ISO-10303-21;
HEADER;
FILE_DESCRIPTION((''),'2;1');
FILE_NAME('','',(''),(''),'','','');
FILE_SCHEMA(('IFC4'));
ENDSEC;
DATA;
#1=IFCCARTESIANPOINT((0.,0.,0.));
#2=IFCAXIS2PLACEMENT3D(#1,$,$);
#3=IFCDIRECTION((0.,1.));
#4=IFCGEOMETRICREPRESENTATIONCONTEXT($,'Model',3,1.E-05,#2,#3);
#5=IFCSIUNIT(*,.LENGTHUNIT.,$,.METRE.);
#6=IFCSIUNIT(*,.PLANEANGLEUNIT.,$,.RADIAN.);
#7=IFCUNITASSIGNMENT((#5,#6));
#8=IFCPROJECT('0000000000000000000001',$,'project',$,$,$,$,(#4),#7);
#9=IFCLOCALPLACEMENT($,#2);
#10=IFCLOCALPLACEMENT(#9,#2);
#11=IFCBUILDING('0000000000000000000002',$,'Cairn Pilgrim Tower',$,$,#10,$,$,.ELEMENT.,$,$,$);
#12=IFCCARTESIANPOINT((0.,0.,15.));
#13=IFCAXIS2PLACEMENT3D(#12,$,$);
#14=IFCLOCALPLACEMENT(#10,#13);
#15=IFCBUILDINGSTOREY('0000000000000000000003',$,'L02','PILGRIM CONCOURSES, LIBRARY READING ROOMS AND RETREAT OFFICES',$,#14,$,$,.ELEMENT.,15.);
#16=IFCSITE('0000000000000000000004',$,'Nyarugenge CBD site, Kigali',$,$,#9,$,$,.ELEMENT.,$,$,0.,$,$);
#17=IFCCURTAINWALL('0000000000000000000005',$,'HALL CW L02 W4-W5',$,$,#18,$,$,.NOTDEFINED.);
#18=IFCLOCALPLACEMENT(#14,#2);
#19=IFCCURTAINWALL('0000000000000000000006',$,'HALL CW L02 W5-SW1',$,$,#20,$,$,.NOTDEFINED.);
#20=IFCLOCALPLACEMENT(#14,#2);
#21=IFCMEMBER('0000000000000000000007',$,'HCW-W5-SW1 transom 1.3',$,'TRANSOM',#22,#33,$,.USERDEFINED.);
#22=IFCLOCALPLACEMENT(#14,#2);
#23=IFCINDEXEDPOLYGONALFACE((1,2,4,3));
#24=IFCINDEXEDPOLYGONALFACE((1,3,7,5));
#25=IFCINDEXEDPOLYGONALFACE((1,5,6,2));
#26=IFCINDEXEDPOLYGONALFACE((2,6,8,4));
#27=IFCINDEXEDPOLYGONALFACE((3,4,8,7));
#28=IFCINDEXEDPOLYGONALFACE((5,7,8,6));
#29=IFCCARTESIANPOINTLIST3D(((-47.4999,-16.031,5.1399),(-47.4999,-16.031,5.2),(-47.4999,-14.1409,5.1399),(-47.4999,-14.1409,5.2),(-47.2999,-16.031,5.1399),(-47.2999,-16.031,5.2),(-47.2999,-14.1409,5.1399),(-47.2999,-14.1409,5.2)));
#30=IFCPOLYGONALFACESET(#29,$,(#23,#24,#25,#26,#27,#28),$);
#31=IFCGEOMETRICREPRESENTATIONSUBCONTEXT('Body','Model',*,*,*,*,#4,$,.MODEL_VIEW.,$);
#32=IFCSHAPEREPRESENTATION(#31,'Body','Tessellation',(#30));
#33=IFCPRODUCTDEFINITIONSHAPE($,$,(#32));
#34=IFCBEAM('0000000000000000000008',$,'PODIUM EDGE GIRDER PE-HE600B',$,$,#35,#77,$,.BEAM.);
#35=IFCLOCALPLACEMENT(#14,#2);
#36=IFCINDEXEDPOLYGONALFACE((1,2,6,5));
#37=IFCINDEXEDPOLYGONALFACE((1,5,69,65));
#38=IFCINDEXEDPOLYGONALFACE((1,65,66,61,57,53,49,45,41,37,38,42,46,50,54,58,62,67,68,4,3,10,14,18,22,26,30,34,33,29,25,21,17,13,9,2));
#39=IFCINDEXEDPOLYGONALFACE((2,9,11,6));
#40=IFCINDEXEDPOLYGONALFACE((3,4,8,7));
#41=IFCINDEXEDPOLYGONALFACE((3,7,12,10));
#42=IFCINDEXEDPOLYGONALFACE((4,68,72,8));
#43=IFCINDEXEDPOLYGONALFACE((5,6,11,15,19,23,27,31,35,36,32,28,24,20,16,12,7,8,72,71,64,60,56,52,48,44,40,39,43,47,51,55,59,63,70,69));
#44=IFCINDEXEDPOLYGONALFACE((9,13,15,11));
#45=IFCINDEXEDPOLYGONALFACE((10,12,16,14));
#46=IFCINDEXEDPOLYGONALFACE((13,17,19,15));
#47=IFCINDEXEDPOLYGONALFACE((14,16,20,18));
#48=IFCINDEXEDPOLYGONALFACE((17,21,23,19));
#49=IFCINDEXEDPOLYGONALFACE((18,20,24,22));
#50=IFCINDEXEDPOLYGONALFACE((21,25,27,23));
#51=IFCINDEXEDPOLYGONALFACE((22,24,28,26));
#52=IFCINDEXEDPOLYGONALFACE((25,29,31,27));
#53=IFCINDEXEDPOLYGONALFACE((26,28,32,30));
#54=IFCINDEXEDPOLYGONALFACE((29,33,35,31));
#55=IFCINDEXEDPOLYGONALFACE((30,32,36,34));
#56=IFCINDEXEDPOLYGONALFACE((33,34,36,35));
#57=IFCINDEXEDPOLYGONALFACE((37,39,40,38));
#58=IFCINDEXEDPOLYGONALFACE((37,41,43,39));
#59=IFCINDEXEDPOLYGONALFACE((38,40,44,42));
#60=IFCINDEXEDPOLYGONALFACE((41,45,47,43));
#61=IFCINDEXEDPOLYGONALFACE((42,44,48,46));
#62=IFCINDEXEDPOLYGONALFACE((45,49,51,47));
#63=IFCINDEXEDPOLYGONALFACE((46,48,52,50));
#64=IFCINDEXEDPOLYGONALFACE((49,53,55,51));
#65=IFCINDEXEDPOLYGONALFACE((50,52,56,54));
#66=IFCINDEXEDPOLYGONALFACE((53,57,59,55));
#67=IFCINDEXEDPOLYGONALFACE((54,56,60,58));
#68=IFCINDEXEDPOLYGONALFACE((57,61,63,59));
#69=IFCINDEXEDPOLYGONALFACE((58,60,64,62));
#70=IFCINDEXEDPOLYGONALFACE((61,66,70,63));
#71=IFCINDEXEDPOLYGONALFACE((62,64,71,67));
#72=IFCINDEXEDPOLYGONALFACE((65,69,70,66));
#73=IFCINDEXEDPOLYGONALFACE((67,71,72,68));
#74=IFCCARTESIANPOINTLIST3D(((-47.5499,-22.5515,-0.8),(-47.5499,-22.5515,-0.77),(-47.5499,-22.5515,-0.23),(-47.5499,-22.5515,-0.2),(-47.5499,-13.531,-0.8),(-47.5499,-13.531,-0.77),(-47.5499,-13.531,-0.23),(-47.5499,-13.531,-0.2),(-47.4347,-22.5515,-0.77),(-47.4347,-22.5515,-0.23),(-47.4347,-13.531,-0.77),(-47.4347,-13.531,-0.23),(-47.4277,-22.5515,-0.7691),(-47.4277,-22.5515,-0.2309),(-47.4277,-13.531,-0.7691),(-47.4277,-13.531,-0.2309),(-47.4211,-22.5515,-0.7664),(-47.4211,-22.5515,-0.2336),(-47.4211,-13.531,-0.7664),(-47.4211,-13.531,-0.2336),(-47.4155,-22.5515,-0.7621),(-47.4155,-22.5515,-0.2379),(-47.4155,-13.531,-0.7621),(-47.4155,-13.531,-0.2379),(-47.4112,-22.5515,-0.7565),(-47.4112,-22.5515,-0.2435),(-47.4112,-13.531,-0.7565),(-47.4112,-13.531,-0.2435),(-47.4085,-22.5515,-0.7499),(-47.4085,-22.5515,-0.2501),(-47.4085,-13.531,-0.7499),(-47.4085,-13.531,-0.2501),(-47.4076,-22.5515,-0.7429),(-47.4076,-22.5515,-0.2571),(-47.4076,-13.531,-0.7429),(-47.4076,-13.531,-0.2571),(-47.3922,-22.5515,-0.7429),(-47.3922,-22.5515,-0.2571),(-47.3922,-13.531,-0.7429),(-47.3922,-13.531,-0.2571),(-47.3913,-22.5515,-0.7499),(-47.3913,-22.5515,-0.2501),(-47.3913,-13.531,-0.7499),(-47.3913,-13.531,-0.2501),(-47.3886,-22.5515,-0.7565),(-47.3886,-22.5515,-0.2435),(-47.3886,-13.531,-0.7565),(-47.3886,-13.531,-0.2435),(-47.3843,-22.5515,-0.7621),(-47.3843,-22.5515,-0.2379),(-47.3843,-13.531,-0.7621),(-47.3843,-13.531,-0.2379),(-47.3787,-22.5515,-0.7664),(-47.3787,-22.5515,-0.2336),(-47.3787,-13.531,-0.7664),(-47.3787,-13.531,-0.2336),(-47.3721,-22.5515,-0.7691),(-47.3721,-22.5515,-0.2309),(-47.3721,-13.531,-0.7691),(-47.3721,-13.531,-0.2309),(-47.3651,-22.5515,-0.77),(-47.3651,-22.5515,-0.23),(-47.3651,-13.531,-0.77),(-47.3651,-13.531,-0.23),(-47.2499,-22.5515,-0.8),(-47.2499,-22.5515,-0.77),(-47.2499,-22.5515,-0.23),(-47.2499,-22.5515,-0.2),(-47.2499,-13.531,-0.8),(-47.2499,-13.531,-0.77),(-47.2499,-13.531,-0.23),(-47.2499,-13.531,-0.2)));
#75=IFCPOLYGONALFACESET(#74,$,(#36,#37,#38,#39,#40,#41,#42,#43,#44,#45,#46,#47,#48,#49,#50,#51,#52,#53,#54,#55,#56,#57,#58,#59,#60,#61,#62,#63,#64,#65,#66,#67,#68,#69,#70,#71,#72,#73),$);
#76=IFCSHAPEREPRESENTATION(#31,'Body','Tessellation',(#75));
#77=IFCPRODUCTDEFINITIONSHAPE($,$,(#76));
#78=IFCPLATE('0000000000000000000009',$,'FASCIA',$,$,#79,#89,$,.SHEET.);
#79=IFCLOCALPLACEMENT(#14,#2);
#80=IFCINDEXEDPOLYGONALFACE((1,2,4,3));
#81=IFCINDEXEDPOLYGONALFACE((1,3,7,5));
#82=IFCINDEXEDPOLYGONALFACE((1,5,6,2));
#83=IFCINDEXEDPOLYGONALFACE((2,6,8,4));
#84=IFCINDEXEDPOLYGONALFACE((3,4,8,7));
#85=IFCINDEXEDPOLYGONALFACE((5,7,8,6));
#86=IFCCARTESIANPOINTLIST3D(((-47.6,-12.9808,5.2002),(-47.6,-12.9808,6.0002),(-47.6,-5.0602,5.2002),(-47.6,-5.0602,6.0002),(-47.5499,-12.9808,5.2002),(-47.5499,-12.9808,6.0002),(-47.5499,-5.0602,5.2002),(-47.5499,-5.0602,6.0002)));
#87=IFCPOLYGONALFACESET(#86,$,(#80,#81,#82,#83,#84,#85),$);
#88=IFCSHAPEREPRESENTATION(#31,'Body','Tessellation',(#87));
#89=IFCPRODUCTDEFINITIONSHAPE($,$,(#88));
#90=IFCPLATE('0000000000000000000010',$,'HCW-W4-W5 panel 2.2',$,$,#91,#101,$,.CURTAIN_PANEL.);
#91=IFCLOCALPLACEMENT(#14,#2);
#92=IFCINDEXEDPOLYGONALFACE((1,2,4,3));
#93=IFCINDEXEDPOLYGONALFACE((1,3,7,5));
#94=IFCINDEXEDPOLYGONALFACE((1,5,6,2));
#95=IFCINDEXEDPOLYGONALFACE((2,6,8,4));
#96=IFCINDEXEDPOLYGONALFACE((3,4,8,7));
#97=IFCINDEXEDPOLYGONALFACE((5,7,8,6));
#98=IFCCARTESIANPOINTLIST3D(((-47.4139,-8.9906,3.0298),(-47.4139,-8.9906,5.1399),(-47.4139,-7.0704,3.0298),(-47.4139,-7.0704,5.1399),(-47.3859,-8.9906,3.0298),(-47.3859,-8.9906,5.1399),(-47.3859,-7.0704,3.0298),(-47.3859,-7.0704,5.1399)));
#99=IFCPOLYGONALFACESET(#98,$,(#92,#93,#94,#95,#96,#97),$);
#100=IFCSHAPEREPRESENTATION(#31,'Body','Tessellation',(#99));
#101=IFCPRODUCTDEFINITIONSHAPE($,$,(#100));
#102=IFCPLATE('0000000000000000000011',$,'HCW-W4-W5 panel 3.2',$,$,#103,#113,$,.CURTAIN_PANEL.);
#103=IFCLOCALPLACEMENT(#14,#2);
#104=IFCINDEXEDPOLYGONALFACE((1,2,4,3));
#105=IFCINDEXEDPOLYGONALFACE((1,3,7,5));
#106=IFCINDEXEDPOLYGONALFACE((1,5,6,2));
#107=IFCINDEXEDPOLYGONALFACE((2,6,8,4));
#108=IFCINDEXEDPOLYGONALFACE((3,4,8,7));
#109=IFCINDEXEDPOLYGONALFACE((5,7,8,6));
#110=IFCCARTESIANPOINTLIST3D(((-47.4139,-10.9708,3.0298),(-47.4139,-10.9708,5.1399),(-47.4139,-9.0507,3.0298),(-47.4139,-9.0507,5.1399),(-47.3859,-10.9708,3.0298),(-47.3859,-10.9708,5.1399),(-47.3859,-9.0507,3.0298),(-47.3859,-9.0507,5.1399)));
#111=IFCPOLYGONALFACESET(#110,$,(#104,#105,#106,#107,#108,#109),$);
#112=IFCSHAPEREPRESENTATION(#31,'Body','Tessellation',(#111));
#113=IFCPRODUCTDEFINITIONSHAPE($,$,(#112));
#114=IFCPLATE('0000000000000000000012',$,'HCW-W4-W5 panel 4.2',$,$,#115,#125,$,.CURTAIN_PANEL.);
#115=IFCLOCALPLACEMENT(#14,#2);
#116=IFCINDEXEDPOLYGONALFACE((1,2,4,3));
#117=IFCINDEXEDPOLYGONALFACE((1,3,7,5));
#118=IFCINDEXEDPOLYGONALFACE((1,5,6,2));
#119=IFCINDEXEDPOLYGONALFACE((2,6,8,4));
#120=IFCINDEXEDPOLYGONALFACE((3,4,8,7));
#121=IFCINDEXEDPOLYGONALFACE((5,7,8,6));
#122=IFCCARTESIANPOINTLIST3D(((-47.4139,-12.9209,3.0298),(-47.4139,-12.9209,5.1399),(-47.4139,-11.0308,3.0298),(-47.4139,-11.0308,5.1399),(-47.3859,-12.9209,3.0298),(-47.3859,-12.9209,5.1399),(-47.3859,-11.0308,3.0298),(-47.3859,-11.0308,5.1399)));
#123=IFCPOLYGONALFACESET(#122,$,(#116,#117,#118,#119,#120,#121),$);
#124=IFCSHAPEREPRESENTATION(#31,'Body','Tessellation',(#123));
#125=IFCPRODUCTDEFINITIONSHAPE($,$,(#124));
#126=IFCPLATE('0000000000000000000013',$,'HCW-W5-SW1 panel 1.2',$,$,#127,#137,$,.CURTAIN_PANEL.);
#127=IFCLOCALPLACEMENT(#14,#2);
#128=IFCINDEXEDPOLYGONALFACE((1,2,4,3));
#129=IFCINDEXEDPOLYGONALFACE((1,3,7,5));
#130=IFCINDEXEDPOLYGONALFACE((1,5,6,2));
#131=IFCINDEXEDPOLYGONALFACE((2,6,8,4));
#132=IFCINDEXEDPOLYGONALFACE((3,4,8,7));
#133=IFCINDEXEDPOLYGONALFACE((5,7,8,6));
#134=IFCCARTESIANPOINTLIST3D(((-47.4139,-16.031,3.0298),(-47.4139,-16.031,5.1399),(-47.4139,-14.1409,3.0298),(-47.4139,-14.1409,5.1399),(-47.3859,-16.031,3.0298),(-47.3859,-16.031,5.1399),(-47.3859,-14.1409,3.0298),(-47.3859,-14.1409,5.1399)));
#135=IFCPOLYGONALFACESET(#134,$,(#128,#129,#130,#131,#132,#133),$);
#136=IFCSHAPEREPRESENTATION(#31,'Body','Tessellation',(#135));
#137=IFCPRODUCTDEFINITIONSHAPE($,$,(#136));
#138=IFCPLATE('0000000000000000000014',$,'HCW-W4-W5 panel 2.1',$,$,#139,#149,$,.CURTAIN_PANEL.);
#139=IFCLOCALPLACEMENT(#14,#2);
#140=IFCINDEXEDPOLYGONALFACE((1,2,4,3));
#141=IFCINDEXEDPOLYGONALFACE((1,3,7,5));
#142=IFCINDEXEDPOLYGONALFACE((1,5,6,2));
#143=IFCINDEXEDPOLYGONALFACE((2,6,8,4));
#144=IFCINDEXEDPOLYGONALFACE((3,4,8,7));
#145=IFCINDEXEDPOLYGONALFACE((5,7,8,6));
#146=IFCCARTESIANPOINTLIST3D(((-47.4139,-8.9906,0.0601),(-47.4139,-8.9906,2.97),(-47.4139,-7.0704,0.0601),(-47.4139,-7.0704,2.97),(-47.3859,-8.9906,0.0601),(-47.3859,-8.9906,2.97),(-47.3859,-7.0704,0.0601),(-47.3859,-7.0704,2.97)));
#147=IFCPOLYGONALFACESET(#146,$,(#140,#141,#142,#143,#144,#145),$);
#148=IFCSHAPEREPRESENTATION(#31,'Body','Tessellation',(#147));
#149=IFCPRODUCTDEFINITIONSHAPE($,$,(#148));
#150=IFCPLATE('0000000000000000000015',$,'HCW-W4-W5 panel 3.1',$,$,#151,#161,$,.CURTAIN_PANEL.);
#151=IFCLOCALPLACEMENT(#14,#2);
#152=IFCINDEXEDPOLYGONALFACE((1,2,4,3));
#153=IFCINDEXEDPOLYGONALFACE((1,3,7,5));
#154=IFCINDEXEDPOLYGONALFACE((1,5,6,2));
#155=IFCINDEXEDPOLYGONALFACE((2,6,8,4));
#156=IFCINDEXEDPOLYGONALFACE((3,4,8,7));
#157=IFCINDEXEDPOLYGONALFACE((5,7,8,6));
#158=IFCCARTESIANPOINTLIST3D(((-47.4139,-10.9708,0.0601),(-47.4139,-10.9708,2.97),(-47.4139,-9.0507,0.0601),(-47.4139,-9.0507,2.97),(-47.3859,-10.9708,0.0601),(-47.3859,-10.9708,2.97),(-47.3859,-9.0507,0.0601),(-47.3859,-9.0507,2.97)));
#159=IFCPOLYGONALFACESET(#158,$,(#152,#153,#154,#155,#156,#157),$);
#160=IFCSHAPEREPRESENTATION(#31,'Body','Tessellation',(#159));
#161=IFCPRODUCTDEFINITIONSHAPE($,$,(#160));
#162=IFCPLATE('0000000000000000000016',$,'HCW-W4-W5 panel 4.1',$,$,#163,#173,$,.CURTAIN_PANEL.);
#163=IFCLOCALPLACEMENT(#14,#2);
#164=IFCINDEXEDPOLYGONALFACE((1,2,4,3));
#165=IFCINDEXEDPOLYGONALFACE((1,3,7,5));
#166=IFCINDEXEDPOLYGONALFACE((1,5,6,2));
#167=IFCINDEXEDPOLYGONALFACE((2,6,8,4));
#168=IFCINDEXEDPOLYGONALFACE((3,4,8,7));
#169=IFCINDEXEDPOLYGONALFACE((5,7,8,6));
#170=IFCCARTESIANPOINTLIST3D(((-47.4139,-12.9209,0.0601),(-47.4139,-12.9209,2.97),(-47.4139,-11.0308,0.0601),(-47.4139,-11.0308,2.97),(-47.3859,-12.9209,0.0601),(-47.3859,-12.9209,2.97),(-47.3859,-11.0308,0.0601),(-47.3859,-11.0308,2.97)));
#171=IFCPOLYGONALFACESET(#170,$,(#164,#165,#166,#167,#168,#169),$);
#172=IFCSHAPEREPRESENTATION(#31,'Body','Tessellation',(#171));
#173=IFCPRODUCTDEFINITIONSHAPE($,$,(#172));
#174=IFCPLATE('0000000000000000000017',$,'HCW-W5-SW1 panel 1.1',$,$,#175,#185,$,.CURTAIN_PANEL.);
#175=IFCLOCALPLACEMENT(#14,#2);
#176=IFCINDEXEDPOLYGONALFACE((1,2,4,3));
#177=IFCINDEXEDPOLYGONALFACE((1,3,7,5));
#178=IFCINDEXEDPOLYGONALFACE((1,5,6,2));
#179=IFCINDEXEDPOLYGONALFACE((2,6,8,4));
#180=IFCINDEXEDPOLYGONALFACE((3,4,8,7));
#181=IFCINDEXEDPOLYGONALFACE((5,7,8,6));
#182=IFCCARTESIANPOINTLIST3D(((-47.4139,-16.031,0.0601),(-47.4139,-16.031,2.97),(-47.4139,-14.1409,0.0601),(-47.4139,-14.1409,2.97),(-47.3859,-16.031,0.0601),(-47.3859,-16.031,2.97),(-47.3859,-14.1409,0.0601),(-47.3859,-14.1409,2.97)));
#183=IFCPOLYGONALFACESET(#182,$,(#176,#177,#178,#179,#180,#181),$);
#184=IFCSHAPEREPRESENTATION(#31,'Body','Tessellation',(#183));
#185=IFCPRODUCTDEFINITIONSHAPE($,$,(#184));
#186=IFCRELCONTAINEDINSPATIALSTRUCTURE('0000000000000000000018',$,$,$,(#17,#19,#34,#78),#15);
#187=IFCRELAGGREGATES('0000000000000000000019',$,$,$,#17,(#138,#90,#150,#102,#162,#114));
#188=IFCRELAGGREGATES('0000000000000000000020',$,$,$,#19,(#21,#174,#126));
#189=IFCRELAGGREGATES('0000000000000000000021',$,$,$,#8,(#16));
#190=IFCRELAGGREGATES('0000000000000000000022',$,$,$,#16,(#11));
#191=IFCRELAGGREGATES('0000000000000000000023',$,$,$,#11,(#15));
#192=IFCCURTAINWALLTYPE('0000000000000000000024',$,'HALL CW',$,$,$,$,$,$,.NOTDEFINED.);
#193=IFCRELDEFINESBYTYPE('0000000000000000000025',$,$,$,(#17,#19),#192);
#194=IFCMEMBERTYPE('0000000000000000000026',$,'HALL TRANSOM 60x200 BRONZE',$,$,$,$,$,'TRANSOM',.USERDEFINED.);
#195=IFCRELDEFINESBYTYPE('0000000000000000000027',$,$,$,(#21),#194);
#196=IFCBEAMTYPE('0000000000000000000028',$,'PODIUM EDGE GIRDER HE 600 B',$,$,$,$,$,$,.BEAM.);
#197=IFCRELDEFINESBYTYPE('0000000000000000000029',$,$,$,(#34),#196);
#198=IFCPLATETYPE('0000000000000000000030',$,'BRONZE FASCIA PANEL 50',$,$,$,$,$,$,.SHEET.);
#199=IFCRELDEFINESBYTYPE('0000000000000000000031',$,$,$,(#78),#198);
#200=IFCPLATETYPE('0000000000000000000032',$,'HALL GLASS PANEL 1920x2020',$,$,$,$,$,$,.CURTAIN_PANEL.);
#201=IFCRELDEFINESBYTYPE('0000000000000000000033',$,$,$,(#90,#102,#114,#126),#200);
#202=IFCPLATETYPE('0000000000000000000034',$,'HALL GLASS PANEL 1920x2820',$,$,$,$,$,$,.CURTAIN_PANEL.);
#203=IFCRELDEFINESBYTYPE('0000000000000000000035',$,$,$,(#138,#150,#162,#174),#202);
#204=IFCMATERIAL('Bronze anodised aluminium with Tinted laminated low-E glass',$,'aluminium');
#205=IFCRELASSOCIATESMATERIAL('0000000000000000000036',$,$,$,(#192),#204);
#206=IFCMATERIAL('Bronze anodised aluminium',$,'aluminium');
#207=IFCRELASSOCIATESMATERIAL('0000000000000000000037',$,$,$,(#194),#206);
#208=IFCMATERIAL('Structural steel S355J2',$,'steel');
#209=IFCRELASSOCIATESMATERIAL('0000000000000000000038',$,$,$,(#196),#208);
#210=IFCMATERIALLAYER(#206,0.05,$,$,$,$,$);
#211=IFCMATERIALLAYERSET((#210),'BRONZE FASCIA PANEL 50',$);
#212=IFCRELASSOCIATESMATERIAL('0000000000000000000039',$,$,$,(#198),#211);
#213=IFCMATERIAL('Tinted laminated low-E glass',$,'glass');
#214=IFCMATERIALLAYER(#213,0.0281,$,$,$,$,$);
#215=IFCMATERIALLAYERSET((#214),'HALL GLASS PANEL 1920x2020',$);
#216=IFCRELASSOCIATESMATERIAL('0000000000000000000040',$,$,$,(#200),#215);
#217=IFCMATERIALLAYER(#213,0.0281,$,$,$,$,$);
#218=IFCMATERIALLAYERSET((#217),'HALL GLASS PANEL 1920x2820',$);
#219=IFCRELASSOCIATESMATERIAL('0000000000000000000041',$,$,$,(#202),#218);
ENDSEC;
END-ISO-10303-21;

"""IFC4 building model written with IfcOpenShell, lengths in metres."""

from ifc_helpers import new_model, si_unit, direction, frame, origin, origin_2d, place, context, subcontext, project, spatial, rectangle, i_section, extrude, material, layer, layer_set, material_profile, profile_set, type_object, element, aggregate, save


model = new_model("IFC4")

# Units and contexts
model_context = context("Model", 3, precision=1e-05, world=origin(), true_north=direction((0.0, 1.0)))
body_context = subcontext(model_context, "Body", "Model", "MODEL_VIEW")
ifc_project = project(units=[si_unit("LENGTHUNIT", "METRE"), si_unit("PLANEANGLEUNIT", "RADIAN")], contexts=[model_context])

# Site, building, storey
site_placement = place(None, origin())
site = spatial("IfcSite", under=ifc_project, at=site_placement, Name="Nyarugenge CBD site, Kigali", CompositionType="ELEMENT", RefElevation=0.0)
building_placement = place(site_placement, origin())
building = spatial("IfcBuilding", under=site, at=building_placement, Name="Cairn Pilgrim Tower", CompositionType="ELEMENT")
storey_placement = place(building_placement, frame((0.0, 0.0, 15.0)))
storey = spatial("IfcBuildingStorey", under=building, at=storey_placement, Name="L02", Description="PILGRIM CONCOURSES, LIBRARY READING ROOMS AND RETREAT OFFICES", CompositionType="ELEMENT", Elevation=15.0)

# Curtain wall
ifc_material_1 = material(Name="Bronze anodised aluminium with Tinted laminated low-E glass", Category="aluminium")
curtain_wall_type = type_object("IfcCurtainWallType", Name="HALL CW", PredefinedType="NOTDEFINED", material=ifc_material_1)
curtain_wall_1_placement = place(storey_placement, origin())
curtain_wall_1 = element("IfcCurtainWall", 1, at=curtain_wall_1_placement, inside=storey, type_object=curtain_wall_type, Name="HALL CW L02 W4-W5", PredefinedType="NOTDEFINED")
ifc_material_2 = material(Name="Bronze anodised aluminium", Category="aluminium")

# Curtain wall
curtain_wall_2_placement = place(storey_placement, origin())
curtain_wall_2 = element("IfcCurtainWall", 2, at=curtain_wall_2_placement, inside=storey, type_object=curtain_wall_type, Name="HALL CW L02 W5-SW1", PredefinedType="NOTDEFINED")

# Member
ifc_material_profile_1 = material_profile(ifc_material_2, rectangle(XDim=0.2, YDim=0.0601, at=origin_2d()), Name="HALL TRANSOM 60x200 BRONZE")
ifc_profile_set_1 = profile_set([ifc_material_profile_1], Name="Bronze anodised aluminium")
member_type_1 = type_object("IfcMemberType", Name="HALL TRANSOM 60x200 BRONZE", ElementType="TRANSOM", PredefinedType="USERDEFINED", material=ifc_profile_set_1)
member_1_placement = place(storey_placement, frame((-47.3999, -14.1409, 5.1699), z_axis=(0.0, -1.0, 0.0), x_axis=(1.0, 0.0, 0.0)))
member_1 = element("IfcMember", 3, at=member_1_placement, type_object=member_type_1, Name="HCW-W5-SW1 transom 1.3", ObjectType="TRANSOM", PredefinedType="USERDEFINED", context=body_context, shape_type="SweptSolid", body=[
    extrude(rectangle(XDim=0.2, YDim=0.0601, at=origin_2d()), origin(), (0.0, 0.0, 1.0), 1.8901),
])

# Beam
ifc_material_3 = material(Name="Structural steel S355J2", Category="steel")
ifc_material_profile_2 = material_profile(ifc_material_3, i_section(OverallWidth=0.3, OverallDepth=0.6001, WebThickness=0.0154, FlangeThickness=0.03, FilletRadius=0.0271, at=origin_2d()), Name="HEB 600")
ifc_profile_set_2 = profile_set([ifc_material_profile_2], Name="Structural steel S355J2")
beam_type = type_object("IfcBeamType", Name="PODIUM EDGE GIRDER HE 600 B", PredefinedType="BEAM", material=ifc_profile_set_2)
beam_placement = place(storey_placement, frame((-47.3999, -13.531, -0.5), z_axis=(0.0, -1.0, 0.0), x_axis=(1.0, 0.0, 0.0)))
element("IfcBeam", 4, at=beam_placement, inside=storey, type_object=beam_type, Name="PODIUM EDGE GIRDER PE-HE600B", PredefinedType="BEAM", context=body_context, shape_type="SweptSolid", body=[
    extrude(i_section(OverallWidth=0.3, OverallDepth=0.6001, WebThickness=0.0154, FlangeThickness=0.03, FilletRadius=0.0271, at=origin_2d()), origin(), (0.0, 0.0, 1.0), 9.0205),
])

# Plates
ifc_layer_1 = layer(ifc_material_2, 0.05)
ifc_layer_set_1 = layer_set([ifc_layer_1], Name="BRONZE FASCIA PANEL 50")
plate_type_1 = type_object("IfcPlateType", Name="BRONZE FASCIA PANEL 50", PredefinedType="SHEET", material=ifc_layer_set_1)
plate_1_placement = place(storey_placement, frame((-47.575, -9.0205, 5.2002), z_axis=(0.0, 0.0, 1.0), x_axis=(0.0, -1.0, 0.0)))
element("IfcPlate", 5, at=plate_1_placement, inside=storey, type_object=plate_type_1, Name="FASCIA", PredefinedType="SHEET", context=body_context, shape_type="SweptSolid", body=[
    extrude(rectangle(XDim=7.9207, YDim=0.05, at=origin_2d()), origin(), (0.0, 0.0, 1.0), 0.8),
])
ifc_material_4 = material(Name="Tinted laminated low-E glass", Category="glass")
ifc_layer_2 = layer(ifc_material_4, 0.0281)
ifc_layer_set_2 = layer_set([ifc_layer_2], Name="HALL GLASS PANEL 1920x2020")
plate_type_2 = type_object("IfcPlateType", Name="HALL GLASS PANEL 1920x2020", PredefinedType="CURTAIN_PANEL", material=ifc_layer_set_2)
plate_2_placement = place(storey_placement, frame((-47.3999, -8.0305, 3.0298), z_axis=(0.0, 0.0, 1.0), x_axis=(0.0, -1.0, 0.0)))
plate_2 = element("IfcPlate", 6, at=plate_2_placement, type_object=plate_type_2, Name="HCW-W4-W5 panel 2.2", PredefinedType="CURTAIN_PANEL", context=body_context, shape_type="SweptSolid", body=[
    extrude(rectangle(XDim=1.9202, YDim=0.0281, at=origin_2d()), origin(), (0.0, 0.0, 1.0), 2.1101),
])
plate_3_placement = place(storey_placement, frame((-47.3999, -10.0107, 3.0298), z_axis=(0.0, 0.0, 1.0), x_axis=(0.0, -1.0, 0.0)))
plate_3 = element("IfcPlate", 7, at=plate_3_placement, type_object=plate_type_2, Name="HCW-W4-W5 panel 3.2", PredefinedType="CURTAIN_PANEL", context=body_context, shape_type="SweptSolid", body=[
    extrude(rectangle(XDim=1.9202, YDim=0.0281, at=origin_2d()), origin(), (0.0, 0.0, 1.0), 2.1101),
])
plate_4_placement = place(storey_placement, frame((-47.3999, -11.9758, 3.0298), z_axis=(0.0, 0.0, 1.0), x_axis=(0.0, -1.0, 0.0)))
plate_4 = element("IfcPlate", 8, at=plate_4_placement, type_object=plate_type_2, Name="HCW-W4-W5 panel 4.2", PredefinedType="CURTAIN_PANEL", context=body_context, shape_type="SweptSolid", body=[
    extrude(rectangle(XDim=1.8901, YDim=0.0281, at=origin_2d()), origin(), (0.0, 0.0, 1.0), 2.1101),
])
plate_5_placement = place(storey_placement, frame((-47.3999, -15.0859, 3.0298), z_axis=(0.0, 0.0, 1.0), x_axis=(0.0, -1.0, 0.0)))
plate_5 = element("IfcPlate", 9, at=plate_5_placement, type_object=plate_type_2, Name="HCW-W5-SW1 panel 1.2", PredefinedType="CURTAIN_PANEL", context=body_context, shape_type="SweptSolid", body=[
    extrude(rectangle(XDim=1.8901, YDim=0.0281, at=origin_2d()), origin(), (0.0, 0.0, 1.0), 2.1101),
])
ifc_layer_3 = layer(ifc_material_4, 0.0281)
ifc_layer_set_3 = layer_set([ifc_layer_3], Name="HALL GLASS PANEL 1920x2820")
plate_type_3 = type_object("IfcPlateType", Name="HALL GLASS PANEL 1920x2820", PredefinedType="CURTAIN_PANEL", material=ifc_layer_set_3)
plate_6_placement = place(storey_placement, frame((-47.3999, -8.0305, 0.0601), z_axis=(0.0, 0.0, 1.0), x_axis=(0.0, -1.0, 0.0)))
plate_6 = element("IfcPlate", 10, at=plate_6_placement, type_object=plate_type_3, Name="HCW-W4-W5 panel 2.1", PredefinedType="CURTAIN_PANEL", context=body_context, shape_type="SweptSolid", body=[
    extrude(rectangle(XDim=1.9202, YDim=0.0281, at=origin_2d()), origin(), (0.0, 0.0, 1.0), 2.9099),
])
plate_7_placement = place(storey_placement, frame((-47.3999, -10.0107, 0.0601), z_axis=(0.0, 0.0, 1.0), x_axis=(0.0, -1.0, 0.0)))
plate_7 = element("IfcPlate", 11, at=plate_7_placement, type_object=plate_type_3, Name="HCW-W4-W5 panel 3.1", PredefinedType="CURTAIN_PANEL", context=body_context, shape_type="SweptSolid", body=[
    extrude(rectangle(XDim=1.9202, YDim=0.0281, at=origin_2d()), origin(), (0.0, 0.0, 1.0), 2.9099),
])
plate_8_placement = place(storey_placement, frame((-47.3999, -11.9758, 0.0601), z_axis=(0.0, 0.0, 1.0), x_axis=(0.0, -1.0, 0.0)))
plate_8 = element("IfcPlate", 12, at=plate_8_placement, type_object=plate_type_3, Name="HCW-W4-W5 panel 4.1", PredefinedType="CURTAIN_PANEL", context=body_context, shape_type="SweptSolid", body=[
    extrude(rectangle(XDim=1.8901, YDim=0.0281, at=origin_2d()), origin(), (0.0, 0.0, 1.0), 2.9099),
])
aggregate(curtain_wall_1, [plate_6, plate_2, plate_7, plate_3, plate_8, plate_4])
plate_9_placement = place(storey_placement, frame((-47.3999, -15.0859, 0.0601), z_axis=(0.0, 0.0, 1.0), x_axis=(0.0, -1.0, 0.0)))
plate_9 = element("IfcPlate", 13, at=plate_9_placement, type_object=plate_type_3, Name="HCW-W5-SW1 panel 1.1", PredefinedType="CURTAIN_PANEL", context=body_context, shape_type="SweptSolid", body=[
    extrude(rectangle(XDim=1.8901, YDim=0.0281, at=origin_2d()), origin(), (0.0, 0.0, 1.0), 2.9099),
])
aggregate(curtain_wall_2, [member_1, plate_9, plate_5])

save(model, "model.ifc")
